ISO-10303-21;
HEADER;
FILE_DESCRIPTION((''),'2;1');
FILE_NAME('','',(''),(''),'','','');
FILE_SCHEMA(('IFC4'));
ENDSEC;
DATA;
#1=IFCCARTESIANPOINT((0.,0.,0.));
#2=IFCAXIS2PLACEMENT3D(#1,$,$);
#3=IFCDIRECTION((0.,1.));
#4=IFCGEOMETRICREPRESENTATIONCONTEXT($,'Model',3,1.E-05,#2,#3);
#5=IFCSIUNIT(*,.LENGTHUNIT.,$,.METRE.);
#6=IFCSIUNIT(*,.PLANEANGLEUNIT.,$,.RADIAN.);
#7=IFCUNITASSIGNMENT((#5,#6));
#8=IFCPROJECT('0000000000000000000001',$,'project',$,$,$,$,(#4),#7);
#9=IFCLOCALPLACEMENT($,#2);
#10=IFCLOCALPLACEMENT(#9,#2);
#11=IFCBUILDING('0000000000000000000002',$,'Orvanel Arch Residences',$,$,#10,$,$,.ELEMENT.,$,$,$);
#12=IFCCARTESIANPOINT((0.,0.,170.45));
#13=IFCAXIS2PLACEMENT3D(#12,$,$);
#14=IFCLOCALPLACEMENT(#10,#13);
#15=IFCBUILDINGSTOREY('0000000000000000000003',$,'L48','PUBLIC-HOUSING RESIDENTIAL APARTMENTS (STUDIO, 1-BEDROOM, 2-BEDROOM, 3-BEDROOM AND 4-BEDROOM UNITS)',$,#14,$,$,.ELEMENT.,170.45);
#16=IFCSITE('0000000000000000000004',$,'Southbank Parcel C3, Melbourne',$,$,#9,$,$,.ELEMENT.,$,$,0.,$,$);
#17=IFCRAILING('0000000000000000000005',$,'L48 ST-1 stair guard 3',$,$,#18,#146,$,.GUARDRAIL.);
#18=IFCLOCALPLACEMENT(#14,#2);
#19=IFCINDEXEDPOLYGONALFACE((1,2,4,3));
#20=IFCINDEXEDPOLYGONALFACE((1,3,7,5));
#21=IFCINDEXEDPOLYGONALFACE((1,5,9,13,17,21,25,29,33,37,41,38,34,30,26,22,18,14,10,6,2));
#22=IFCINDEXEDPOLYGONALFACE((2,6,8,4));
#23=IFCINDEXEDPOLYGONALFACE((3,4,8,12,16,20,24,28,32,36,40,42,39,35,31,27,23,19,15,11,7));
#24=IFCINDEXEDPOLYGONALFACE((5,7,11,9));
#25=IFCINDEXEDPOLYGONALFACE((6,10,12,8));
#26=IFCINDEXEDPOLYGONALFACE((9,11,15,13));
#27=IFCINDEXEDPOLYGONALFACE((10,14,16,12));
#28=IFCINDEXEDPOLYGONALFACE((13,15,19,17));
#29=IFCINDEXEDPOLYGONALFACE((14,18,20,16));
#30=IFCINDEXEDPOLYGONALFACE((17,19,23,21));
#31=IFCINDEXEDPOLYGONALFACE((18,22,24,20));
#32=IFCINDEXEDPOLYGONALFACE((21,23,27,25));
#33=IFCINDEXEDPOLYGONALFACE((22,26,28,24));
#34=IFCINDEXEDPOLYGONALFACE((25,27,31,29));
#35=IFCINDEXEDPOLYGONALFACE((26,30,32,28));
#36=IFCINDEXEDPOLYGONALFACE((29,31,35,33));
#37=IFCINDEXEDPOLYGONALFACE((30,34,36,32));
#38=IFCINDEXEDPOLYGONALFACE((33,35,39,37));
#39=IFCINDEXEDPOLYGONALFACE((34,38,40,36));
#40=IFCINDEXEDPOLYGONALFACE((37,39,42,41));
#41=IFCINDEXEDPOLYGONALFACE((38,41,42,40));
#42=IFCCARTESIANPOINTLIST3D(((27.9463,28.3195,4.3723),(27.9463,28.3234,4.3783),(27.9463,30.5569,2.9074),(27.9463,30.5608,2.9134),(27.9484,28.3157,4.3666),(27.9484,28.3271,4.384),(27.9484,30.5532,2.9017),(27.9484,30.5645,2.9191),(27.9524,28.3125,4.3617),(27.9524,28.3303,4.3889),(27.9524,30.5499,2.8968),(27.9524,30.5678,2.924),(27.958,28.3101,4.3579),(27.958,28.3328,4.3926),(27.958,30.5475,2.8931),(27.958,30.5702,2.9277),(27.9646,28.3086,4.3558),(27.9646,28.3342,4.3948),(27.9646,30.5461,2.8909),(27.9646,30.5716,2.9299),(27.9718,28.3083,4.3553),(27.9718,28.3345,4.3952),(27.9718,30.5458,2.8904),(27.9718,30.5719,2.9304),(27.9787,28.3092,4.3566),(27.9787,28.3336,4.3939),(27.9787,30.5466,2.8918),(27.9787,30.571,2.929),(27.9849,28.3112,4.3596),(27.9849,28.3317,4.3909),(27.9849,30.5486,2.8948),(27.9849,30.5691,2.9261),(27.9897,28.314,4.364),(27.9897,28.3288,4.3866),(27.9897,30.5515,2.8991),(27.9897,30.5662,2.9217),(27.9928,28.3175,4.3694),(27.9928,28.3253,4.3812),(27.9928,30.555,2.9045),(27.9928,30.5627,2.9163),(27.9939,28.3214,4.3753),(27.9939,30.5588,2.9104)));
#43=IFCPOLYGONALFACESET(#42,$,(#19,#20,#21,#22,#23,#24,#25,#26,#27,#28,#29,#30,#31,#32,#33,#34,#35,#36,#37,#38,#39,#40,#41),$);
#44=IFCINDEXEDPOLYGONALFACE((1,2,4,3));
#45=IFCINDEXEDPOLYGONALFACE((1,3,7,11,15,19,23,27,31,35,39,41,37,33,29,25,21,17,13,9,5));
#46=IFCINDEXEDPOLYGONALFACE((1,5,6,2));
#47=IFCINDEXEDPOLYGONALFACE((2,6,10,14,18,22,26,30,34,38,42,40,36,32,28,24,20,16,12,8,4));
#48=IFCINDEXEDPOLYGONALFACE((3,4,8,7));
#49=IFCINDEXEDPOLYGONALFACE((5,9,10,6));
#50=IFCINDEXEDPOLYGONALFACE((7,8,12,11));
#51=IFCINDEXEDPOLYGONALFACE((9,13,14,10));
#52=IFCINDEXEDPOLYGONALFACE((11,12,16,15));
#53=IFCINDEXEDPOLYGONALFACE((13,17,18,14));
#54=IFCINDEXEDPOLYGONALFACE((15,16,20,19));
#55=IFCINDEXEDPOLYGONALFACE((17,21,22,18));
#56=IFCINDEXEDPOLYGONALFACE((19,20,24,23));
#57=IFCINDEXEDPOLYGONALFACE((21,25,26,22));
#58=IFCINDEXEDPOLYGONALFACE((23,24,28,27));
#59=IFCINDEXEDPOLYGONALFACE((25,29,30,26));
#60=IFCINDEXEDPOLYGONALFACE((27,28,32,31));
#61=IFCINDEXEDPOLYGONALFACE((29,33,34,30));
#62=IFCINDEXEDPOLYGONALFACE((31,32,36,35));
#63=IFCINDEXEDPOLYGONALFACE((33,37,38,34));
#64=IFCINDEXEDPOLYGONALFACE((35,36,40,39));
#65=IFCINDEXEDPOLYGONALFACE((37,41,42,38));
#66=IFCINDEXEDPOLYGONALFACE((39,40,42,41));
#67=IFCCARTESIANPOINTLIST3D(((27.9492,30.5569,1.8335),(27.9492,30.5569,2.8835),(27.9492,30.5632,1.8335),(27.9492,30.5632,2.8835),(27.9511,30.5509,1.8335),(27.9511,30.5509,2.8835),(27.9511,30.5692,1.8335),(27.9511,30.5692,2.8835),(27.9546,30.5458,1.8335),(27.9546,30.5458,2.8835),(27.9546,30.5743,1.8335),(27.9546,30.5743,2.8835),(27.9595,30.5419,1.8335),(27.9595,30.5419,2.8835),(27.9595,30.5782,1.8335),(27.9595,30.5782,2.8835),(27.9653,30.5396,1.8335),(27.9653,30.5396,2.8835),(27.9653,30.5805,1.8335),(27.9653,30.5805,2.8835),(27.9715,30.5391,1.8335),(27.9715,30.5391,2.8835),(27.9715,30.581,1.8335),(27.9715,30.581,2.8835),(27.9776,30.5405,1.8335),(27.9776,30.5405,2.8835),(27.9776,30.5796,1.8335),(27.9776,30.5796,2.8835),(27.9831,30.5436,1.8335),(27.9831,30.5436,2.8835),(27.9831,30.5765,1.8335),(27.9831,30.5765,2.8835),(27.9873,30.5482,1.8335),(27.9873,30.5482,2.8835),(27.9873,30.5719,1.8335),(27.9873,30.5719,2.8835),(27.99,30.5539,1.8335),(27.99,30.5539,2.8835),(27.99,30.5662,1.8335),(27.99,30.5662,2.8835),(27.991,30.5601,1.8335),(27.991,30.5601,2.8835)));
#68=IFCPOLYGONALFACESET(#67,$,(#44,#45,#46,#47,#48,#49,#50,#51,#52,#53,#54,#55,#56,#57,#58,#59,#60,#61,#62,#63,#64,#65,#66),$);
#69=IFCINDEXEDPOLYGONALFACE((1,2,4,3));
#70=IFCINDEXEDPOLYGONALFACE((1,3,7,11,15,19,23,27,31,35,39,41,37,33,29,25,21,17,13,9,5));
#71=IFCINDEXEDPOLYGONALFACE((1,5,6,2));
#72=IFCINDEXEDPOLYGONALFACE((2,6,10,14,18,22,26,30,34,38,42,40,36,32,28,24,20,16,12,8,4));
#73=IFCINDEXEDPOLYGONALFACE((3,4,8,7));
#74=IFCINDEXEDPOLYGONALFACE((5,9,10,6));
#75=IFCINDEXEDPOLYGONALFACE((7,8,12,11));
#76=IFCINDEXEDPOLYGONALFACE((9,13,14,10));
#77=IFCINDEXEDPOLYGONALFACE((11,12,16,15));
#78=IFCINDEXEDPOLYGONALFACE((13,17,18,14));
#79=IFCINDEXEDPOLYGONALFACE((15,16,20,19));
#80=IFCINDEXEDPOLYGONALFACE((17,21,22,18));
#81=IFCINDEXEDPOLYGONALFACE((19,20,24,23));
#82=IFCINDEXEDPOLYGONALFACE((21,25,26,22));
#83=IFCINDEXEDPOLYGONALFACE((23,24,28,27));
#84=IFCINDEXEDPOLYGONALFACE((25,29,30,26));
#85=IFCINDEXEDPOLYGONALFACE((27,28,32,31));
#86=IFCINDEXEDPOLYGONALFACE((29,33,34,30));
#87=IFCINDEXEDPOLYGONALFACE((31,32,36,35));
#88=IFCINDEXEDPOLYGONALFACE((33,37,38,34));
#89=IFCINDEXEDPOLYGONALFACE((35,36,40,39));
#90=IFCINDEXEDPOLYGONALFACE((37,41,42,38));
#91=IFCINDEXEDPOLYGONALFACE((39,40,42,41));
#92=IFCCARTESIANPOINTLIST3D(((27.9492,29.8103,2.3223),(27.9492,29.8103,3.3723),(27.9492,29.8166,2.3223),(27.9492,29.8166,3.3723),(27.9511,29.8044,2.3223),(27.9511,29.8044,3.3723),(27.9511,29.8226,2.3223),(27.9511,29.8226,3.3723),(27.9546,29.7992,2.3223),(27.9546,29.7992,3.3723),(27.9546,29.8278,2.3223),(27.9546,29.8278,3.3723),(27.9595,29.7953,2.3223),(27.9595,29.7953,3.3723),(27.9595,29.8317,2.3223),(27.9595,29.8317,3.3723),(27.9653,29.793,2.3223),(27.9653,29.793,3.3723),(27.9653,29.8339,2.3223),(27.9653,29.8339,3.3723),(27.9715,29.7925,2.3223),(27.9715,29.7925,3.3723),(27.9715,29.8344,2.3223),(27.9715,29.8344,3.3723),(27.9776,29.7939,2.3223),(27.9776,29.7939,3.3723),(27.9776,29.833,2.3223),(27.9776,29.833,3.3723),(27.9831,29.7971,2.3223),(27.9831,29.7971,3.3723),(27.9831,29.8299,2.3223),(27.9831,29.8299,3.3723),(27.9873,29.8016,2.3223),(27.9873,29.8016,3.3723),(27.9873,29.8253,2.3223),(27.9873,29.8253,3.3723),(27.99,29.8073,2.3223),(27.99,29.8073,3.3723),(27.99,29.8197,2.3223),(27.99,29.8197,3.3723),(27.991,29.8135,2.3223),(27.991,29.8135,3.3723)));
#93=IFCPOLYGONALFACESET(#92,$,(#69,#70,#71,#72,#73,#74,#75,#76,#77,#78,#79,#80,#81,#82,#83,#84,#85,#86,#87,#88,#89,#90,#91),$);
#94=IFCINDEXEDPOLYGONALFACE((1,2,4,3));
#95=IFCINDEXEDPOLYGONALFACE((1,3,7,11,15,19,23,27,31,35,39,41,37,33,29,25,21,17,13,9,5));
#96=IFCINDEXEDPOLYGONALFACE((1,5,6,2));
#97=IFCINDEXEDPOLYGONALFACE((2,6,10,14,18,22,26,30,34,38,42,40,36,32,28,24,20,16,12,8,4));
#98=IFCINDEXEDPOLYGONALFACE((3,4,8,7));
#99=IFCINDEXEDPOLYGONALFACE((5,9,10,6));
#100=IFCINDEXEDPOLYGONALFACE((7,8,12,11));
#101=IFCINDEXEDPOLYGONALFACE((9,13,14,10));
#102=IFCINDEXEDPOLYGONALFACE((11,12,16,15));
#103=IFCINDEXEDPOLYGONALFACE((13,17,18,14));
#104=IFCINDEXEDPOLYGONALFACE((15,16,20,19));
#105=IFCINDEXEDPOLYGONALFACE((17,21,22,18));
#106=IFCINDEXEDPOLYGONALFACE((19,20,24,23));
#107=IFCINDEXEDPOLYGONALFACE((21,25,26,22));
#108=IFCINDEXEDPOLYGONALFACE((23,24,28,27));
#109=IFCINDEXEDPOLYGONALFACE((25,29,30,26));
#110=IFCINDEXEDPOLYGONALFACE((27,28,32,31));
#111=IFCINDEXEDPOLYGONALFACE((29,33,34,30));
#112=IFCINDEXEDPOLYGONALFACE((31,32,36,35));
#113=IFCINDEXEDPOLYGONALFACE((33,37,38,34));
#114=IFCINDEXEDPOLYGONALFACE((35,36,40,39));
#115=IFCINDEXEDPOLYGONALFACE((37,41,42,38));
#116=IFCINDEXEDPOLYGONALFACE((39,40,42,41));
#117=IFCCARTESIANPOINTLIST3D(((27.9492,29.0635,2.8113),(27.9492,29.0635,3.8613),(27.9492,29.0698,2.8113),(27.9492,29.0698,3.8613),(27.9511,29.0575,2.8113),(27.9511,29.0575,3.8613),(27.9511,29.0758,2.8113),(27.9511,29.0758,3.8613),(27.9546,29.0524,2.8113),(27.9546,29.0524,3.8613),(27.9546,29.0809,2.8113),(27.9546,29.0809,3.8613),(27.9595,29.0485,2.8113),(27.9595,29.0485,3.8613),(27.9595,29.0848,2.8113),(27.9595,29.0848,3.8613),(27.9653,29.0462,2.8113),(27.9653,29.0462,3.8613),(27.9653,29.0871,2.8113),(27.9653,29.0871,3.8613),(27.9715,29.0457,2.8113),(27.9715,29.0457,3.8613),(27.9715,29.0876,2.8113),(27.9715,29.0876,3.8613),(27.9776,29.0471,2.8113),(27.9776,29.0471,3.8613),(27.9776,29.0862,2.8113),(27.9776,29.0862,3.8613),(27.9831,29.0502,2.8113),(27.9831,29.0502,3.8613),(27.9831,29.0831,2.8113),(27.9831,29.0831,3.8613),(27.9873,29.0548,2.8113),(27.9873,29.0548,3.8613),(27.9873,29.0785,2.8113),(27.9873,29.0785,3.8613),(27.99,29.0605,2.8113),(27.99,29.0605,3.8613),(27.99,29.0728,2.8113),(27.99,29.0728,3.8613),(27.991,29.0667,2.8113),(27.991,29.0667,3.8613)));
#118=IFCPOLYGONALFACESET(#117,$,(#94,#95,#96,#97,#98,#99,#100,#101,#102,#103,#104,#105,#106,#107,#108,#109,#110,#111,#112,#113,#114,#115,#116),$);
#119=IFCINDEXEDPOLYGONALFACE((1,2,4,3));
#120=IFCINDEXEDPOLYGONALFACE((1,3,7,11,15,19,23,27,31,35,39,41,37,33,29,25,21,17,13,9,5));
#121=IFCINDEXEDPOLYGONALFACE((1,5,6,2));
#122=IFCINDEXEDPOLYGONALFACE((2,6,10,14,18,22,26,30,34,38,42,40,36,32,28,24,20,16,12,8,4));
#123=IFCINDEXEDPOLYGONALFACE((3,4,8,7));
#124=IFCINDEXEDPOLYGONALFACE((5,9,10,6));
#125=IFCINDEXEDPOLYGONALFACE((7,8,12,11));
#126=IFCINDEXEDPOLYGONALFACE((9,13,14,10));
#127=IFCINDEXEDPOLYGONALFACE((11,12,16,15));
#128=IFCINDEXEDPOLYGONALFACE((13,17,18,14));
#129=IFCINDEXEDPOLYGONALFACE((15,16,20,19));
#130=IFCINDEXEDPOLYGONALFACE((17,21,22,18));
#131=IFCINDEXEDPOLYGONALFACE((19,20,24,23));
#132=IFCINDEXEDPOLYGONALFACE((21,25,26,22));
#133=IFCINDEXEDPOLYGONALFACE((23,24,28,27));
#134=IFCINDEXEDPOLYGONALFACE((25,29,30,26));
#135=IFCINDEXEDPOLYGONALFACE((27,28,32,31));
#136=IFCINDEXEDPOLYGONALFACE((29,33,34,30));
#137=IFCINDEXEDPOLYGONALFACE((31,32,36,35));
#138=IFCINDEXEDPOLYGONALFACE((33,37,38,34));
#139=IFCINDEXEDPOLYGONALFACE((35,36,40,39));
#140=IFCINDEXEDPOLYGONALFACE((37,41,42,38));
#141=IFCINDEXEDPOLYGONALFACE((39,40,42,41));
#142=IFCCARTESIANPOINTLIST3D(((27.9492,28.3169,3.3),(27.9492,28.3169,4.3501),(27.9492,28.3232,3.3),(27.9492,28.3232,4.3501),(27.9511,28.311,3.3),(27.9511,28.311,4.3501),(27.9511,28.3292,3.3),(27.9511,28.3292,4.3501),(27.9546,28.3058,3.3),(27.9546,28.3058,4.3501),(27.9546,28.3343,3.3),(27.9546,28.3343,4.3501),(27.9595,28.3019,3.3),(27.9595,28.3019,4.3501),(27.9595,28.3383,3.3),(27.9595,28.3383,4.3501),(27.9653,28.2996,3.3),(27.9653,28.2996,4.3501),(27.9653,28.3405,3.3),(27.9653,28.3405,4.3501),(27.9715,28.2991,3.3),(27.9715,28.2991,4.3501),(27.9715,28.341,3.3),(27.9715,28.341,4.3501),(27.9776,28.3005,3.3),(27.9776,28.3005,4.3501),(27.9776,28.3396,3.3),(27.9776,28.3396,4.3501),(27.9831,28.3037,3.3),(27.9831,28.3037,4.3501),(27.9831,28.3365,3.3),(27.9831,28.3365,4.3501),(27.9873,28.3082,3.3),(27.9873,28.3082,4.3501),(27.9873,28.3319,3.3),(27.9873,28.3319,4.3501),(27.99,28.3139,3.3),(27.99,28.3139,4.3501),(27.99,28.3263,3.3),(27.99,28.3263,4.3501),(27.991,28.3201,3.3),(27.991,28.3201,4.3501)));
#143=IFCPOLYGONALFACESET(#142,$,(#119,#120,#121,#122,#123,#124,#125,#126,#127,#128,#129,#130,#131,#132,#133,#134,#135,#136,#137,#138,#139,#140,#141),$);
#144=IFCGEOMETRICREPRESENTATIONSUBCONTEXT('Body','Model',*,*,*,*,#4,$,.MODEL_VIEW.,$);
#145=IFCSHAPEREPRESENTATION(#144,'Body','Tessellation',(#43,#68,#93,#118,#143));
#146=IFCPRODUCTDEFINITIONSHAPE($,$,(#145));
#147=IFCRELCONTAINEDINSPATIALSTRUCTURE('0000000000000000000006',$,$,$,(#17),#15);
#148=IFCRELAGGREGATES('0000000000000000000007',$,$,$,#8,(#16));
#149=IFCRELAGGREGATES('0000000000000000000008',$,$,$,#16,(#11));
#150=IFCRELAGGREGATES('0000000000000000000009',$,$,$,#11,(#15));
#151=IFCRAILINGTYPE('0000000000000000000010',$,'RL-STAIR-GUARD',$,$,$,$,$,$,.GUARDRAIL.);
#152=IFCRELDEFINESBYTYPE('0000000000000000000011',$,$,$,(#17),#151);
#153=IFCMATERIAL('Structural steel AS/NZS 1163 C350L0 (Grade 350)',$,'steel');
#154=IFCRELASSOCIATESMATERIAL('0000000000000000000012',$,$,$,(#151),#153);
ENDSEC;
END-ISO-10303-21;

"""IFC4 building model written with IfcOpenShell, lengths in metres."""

from ifc_helpers import new_model, si_unit, direction, frame, origin, origin_2d, place, context, subcontext, project, spatial, circle, extrude, material, type_object, element, save


model = new_model("IFC4")

# Units and contexts
model_context = context("Model", 3, precision=1e-05, world=origin(), true_north=direction((0.0, 1.0)))
body_context = subcontext(model_context, "Body", "Model", "MODEL_VIEW")
ifc_project = project(units=[si_unit("LENGTHUNIT", "METRE"), si_unit("PLANEANGLEUNIT", "RADIAN")], contexts=[model_context])

# Site, building, storey
site_placement = place(None, origin())
site = spatial("IfcSite", under=ifc_project, at=site_placement, Name="Southbank Parcel C3, Melbourne", CompositionType="ELEMENT", RefElevation=0.0)
building_placement = place(site_placement, origin())
building = spatial("IfcBuilding", under=site, at=building_placement, Name="Orvanel Arch Residences", CompositionType="ELEMENT")
storey_placement = place(building_placement, frame((0.0, 0.0, 170.45)))
storey = spatial("IfcBuildingStorey", under=building, at=storey_placement, Name="L48", Description="PUBLIC-HOUSING RESIDENTIAL APARTMENTS (STUDIO, 1-BEDROOM, 2-BEDROOM, 3-BEDROOM AND 4-BEDROOM UNITS)", CompositionType="ELEMENT", Elevation=170.45)

# Railing
ifc_material_1 = material(Name="Structural steel AS/NZS 1163 C350L0 (Grade 350)", Category="steel")
railing_type_1 = type_object("IfcRailingType", Name="RL-STAIR-GUARD", PredefinedType="GUARDRAIL", material=ifc_material_1)
railing_1_placement = place(storey_placement, frame((27.97, 30.5601, 1.8335)))
element("IfcRailing", 1, at=railing_1_placement, inside=storey, type_object=railing_type_1, Name="L48 ST-1 stair guard 3", PredefinedType="GUARDRAIL", context=body_context, shape_type="SweptSolid", body=[
    extrude(circle(Radius=0.0239, at=origin_2d()), frame((0.0, -0.0012, 1.0769), z_axis=(0.0, -0.836637, 0.547758), x_axis=(1.0, 0.0, 0.0)), (0.0, 0.0, 1.0), 2.6743),
    extrude(circle(Radius=0.021, at=origin_2d()), origin(), (0.0, 0.0, 1.0), 1.05),
    extrude(circle(Radius=0.021, at=origin_2d()), frame((0.0, -0.7466, 0.4888)), (0.0, 0.0, 1.0), 1.05),
    extrude(circle(Radius=0.021, at=origin_2d()), frame((0.0, -1.4934, 0.9778)), (0.0, 0.0, 1.0), 1.05),
    extrude(circle(Radius=0.021, at=origin_2d()), frame((0.0, -2.24, 1.4666)), (0.0, 0.0, 1.0), 1.05),
])

save(model, "model.ifc")
